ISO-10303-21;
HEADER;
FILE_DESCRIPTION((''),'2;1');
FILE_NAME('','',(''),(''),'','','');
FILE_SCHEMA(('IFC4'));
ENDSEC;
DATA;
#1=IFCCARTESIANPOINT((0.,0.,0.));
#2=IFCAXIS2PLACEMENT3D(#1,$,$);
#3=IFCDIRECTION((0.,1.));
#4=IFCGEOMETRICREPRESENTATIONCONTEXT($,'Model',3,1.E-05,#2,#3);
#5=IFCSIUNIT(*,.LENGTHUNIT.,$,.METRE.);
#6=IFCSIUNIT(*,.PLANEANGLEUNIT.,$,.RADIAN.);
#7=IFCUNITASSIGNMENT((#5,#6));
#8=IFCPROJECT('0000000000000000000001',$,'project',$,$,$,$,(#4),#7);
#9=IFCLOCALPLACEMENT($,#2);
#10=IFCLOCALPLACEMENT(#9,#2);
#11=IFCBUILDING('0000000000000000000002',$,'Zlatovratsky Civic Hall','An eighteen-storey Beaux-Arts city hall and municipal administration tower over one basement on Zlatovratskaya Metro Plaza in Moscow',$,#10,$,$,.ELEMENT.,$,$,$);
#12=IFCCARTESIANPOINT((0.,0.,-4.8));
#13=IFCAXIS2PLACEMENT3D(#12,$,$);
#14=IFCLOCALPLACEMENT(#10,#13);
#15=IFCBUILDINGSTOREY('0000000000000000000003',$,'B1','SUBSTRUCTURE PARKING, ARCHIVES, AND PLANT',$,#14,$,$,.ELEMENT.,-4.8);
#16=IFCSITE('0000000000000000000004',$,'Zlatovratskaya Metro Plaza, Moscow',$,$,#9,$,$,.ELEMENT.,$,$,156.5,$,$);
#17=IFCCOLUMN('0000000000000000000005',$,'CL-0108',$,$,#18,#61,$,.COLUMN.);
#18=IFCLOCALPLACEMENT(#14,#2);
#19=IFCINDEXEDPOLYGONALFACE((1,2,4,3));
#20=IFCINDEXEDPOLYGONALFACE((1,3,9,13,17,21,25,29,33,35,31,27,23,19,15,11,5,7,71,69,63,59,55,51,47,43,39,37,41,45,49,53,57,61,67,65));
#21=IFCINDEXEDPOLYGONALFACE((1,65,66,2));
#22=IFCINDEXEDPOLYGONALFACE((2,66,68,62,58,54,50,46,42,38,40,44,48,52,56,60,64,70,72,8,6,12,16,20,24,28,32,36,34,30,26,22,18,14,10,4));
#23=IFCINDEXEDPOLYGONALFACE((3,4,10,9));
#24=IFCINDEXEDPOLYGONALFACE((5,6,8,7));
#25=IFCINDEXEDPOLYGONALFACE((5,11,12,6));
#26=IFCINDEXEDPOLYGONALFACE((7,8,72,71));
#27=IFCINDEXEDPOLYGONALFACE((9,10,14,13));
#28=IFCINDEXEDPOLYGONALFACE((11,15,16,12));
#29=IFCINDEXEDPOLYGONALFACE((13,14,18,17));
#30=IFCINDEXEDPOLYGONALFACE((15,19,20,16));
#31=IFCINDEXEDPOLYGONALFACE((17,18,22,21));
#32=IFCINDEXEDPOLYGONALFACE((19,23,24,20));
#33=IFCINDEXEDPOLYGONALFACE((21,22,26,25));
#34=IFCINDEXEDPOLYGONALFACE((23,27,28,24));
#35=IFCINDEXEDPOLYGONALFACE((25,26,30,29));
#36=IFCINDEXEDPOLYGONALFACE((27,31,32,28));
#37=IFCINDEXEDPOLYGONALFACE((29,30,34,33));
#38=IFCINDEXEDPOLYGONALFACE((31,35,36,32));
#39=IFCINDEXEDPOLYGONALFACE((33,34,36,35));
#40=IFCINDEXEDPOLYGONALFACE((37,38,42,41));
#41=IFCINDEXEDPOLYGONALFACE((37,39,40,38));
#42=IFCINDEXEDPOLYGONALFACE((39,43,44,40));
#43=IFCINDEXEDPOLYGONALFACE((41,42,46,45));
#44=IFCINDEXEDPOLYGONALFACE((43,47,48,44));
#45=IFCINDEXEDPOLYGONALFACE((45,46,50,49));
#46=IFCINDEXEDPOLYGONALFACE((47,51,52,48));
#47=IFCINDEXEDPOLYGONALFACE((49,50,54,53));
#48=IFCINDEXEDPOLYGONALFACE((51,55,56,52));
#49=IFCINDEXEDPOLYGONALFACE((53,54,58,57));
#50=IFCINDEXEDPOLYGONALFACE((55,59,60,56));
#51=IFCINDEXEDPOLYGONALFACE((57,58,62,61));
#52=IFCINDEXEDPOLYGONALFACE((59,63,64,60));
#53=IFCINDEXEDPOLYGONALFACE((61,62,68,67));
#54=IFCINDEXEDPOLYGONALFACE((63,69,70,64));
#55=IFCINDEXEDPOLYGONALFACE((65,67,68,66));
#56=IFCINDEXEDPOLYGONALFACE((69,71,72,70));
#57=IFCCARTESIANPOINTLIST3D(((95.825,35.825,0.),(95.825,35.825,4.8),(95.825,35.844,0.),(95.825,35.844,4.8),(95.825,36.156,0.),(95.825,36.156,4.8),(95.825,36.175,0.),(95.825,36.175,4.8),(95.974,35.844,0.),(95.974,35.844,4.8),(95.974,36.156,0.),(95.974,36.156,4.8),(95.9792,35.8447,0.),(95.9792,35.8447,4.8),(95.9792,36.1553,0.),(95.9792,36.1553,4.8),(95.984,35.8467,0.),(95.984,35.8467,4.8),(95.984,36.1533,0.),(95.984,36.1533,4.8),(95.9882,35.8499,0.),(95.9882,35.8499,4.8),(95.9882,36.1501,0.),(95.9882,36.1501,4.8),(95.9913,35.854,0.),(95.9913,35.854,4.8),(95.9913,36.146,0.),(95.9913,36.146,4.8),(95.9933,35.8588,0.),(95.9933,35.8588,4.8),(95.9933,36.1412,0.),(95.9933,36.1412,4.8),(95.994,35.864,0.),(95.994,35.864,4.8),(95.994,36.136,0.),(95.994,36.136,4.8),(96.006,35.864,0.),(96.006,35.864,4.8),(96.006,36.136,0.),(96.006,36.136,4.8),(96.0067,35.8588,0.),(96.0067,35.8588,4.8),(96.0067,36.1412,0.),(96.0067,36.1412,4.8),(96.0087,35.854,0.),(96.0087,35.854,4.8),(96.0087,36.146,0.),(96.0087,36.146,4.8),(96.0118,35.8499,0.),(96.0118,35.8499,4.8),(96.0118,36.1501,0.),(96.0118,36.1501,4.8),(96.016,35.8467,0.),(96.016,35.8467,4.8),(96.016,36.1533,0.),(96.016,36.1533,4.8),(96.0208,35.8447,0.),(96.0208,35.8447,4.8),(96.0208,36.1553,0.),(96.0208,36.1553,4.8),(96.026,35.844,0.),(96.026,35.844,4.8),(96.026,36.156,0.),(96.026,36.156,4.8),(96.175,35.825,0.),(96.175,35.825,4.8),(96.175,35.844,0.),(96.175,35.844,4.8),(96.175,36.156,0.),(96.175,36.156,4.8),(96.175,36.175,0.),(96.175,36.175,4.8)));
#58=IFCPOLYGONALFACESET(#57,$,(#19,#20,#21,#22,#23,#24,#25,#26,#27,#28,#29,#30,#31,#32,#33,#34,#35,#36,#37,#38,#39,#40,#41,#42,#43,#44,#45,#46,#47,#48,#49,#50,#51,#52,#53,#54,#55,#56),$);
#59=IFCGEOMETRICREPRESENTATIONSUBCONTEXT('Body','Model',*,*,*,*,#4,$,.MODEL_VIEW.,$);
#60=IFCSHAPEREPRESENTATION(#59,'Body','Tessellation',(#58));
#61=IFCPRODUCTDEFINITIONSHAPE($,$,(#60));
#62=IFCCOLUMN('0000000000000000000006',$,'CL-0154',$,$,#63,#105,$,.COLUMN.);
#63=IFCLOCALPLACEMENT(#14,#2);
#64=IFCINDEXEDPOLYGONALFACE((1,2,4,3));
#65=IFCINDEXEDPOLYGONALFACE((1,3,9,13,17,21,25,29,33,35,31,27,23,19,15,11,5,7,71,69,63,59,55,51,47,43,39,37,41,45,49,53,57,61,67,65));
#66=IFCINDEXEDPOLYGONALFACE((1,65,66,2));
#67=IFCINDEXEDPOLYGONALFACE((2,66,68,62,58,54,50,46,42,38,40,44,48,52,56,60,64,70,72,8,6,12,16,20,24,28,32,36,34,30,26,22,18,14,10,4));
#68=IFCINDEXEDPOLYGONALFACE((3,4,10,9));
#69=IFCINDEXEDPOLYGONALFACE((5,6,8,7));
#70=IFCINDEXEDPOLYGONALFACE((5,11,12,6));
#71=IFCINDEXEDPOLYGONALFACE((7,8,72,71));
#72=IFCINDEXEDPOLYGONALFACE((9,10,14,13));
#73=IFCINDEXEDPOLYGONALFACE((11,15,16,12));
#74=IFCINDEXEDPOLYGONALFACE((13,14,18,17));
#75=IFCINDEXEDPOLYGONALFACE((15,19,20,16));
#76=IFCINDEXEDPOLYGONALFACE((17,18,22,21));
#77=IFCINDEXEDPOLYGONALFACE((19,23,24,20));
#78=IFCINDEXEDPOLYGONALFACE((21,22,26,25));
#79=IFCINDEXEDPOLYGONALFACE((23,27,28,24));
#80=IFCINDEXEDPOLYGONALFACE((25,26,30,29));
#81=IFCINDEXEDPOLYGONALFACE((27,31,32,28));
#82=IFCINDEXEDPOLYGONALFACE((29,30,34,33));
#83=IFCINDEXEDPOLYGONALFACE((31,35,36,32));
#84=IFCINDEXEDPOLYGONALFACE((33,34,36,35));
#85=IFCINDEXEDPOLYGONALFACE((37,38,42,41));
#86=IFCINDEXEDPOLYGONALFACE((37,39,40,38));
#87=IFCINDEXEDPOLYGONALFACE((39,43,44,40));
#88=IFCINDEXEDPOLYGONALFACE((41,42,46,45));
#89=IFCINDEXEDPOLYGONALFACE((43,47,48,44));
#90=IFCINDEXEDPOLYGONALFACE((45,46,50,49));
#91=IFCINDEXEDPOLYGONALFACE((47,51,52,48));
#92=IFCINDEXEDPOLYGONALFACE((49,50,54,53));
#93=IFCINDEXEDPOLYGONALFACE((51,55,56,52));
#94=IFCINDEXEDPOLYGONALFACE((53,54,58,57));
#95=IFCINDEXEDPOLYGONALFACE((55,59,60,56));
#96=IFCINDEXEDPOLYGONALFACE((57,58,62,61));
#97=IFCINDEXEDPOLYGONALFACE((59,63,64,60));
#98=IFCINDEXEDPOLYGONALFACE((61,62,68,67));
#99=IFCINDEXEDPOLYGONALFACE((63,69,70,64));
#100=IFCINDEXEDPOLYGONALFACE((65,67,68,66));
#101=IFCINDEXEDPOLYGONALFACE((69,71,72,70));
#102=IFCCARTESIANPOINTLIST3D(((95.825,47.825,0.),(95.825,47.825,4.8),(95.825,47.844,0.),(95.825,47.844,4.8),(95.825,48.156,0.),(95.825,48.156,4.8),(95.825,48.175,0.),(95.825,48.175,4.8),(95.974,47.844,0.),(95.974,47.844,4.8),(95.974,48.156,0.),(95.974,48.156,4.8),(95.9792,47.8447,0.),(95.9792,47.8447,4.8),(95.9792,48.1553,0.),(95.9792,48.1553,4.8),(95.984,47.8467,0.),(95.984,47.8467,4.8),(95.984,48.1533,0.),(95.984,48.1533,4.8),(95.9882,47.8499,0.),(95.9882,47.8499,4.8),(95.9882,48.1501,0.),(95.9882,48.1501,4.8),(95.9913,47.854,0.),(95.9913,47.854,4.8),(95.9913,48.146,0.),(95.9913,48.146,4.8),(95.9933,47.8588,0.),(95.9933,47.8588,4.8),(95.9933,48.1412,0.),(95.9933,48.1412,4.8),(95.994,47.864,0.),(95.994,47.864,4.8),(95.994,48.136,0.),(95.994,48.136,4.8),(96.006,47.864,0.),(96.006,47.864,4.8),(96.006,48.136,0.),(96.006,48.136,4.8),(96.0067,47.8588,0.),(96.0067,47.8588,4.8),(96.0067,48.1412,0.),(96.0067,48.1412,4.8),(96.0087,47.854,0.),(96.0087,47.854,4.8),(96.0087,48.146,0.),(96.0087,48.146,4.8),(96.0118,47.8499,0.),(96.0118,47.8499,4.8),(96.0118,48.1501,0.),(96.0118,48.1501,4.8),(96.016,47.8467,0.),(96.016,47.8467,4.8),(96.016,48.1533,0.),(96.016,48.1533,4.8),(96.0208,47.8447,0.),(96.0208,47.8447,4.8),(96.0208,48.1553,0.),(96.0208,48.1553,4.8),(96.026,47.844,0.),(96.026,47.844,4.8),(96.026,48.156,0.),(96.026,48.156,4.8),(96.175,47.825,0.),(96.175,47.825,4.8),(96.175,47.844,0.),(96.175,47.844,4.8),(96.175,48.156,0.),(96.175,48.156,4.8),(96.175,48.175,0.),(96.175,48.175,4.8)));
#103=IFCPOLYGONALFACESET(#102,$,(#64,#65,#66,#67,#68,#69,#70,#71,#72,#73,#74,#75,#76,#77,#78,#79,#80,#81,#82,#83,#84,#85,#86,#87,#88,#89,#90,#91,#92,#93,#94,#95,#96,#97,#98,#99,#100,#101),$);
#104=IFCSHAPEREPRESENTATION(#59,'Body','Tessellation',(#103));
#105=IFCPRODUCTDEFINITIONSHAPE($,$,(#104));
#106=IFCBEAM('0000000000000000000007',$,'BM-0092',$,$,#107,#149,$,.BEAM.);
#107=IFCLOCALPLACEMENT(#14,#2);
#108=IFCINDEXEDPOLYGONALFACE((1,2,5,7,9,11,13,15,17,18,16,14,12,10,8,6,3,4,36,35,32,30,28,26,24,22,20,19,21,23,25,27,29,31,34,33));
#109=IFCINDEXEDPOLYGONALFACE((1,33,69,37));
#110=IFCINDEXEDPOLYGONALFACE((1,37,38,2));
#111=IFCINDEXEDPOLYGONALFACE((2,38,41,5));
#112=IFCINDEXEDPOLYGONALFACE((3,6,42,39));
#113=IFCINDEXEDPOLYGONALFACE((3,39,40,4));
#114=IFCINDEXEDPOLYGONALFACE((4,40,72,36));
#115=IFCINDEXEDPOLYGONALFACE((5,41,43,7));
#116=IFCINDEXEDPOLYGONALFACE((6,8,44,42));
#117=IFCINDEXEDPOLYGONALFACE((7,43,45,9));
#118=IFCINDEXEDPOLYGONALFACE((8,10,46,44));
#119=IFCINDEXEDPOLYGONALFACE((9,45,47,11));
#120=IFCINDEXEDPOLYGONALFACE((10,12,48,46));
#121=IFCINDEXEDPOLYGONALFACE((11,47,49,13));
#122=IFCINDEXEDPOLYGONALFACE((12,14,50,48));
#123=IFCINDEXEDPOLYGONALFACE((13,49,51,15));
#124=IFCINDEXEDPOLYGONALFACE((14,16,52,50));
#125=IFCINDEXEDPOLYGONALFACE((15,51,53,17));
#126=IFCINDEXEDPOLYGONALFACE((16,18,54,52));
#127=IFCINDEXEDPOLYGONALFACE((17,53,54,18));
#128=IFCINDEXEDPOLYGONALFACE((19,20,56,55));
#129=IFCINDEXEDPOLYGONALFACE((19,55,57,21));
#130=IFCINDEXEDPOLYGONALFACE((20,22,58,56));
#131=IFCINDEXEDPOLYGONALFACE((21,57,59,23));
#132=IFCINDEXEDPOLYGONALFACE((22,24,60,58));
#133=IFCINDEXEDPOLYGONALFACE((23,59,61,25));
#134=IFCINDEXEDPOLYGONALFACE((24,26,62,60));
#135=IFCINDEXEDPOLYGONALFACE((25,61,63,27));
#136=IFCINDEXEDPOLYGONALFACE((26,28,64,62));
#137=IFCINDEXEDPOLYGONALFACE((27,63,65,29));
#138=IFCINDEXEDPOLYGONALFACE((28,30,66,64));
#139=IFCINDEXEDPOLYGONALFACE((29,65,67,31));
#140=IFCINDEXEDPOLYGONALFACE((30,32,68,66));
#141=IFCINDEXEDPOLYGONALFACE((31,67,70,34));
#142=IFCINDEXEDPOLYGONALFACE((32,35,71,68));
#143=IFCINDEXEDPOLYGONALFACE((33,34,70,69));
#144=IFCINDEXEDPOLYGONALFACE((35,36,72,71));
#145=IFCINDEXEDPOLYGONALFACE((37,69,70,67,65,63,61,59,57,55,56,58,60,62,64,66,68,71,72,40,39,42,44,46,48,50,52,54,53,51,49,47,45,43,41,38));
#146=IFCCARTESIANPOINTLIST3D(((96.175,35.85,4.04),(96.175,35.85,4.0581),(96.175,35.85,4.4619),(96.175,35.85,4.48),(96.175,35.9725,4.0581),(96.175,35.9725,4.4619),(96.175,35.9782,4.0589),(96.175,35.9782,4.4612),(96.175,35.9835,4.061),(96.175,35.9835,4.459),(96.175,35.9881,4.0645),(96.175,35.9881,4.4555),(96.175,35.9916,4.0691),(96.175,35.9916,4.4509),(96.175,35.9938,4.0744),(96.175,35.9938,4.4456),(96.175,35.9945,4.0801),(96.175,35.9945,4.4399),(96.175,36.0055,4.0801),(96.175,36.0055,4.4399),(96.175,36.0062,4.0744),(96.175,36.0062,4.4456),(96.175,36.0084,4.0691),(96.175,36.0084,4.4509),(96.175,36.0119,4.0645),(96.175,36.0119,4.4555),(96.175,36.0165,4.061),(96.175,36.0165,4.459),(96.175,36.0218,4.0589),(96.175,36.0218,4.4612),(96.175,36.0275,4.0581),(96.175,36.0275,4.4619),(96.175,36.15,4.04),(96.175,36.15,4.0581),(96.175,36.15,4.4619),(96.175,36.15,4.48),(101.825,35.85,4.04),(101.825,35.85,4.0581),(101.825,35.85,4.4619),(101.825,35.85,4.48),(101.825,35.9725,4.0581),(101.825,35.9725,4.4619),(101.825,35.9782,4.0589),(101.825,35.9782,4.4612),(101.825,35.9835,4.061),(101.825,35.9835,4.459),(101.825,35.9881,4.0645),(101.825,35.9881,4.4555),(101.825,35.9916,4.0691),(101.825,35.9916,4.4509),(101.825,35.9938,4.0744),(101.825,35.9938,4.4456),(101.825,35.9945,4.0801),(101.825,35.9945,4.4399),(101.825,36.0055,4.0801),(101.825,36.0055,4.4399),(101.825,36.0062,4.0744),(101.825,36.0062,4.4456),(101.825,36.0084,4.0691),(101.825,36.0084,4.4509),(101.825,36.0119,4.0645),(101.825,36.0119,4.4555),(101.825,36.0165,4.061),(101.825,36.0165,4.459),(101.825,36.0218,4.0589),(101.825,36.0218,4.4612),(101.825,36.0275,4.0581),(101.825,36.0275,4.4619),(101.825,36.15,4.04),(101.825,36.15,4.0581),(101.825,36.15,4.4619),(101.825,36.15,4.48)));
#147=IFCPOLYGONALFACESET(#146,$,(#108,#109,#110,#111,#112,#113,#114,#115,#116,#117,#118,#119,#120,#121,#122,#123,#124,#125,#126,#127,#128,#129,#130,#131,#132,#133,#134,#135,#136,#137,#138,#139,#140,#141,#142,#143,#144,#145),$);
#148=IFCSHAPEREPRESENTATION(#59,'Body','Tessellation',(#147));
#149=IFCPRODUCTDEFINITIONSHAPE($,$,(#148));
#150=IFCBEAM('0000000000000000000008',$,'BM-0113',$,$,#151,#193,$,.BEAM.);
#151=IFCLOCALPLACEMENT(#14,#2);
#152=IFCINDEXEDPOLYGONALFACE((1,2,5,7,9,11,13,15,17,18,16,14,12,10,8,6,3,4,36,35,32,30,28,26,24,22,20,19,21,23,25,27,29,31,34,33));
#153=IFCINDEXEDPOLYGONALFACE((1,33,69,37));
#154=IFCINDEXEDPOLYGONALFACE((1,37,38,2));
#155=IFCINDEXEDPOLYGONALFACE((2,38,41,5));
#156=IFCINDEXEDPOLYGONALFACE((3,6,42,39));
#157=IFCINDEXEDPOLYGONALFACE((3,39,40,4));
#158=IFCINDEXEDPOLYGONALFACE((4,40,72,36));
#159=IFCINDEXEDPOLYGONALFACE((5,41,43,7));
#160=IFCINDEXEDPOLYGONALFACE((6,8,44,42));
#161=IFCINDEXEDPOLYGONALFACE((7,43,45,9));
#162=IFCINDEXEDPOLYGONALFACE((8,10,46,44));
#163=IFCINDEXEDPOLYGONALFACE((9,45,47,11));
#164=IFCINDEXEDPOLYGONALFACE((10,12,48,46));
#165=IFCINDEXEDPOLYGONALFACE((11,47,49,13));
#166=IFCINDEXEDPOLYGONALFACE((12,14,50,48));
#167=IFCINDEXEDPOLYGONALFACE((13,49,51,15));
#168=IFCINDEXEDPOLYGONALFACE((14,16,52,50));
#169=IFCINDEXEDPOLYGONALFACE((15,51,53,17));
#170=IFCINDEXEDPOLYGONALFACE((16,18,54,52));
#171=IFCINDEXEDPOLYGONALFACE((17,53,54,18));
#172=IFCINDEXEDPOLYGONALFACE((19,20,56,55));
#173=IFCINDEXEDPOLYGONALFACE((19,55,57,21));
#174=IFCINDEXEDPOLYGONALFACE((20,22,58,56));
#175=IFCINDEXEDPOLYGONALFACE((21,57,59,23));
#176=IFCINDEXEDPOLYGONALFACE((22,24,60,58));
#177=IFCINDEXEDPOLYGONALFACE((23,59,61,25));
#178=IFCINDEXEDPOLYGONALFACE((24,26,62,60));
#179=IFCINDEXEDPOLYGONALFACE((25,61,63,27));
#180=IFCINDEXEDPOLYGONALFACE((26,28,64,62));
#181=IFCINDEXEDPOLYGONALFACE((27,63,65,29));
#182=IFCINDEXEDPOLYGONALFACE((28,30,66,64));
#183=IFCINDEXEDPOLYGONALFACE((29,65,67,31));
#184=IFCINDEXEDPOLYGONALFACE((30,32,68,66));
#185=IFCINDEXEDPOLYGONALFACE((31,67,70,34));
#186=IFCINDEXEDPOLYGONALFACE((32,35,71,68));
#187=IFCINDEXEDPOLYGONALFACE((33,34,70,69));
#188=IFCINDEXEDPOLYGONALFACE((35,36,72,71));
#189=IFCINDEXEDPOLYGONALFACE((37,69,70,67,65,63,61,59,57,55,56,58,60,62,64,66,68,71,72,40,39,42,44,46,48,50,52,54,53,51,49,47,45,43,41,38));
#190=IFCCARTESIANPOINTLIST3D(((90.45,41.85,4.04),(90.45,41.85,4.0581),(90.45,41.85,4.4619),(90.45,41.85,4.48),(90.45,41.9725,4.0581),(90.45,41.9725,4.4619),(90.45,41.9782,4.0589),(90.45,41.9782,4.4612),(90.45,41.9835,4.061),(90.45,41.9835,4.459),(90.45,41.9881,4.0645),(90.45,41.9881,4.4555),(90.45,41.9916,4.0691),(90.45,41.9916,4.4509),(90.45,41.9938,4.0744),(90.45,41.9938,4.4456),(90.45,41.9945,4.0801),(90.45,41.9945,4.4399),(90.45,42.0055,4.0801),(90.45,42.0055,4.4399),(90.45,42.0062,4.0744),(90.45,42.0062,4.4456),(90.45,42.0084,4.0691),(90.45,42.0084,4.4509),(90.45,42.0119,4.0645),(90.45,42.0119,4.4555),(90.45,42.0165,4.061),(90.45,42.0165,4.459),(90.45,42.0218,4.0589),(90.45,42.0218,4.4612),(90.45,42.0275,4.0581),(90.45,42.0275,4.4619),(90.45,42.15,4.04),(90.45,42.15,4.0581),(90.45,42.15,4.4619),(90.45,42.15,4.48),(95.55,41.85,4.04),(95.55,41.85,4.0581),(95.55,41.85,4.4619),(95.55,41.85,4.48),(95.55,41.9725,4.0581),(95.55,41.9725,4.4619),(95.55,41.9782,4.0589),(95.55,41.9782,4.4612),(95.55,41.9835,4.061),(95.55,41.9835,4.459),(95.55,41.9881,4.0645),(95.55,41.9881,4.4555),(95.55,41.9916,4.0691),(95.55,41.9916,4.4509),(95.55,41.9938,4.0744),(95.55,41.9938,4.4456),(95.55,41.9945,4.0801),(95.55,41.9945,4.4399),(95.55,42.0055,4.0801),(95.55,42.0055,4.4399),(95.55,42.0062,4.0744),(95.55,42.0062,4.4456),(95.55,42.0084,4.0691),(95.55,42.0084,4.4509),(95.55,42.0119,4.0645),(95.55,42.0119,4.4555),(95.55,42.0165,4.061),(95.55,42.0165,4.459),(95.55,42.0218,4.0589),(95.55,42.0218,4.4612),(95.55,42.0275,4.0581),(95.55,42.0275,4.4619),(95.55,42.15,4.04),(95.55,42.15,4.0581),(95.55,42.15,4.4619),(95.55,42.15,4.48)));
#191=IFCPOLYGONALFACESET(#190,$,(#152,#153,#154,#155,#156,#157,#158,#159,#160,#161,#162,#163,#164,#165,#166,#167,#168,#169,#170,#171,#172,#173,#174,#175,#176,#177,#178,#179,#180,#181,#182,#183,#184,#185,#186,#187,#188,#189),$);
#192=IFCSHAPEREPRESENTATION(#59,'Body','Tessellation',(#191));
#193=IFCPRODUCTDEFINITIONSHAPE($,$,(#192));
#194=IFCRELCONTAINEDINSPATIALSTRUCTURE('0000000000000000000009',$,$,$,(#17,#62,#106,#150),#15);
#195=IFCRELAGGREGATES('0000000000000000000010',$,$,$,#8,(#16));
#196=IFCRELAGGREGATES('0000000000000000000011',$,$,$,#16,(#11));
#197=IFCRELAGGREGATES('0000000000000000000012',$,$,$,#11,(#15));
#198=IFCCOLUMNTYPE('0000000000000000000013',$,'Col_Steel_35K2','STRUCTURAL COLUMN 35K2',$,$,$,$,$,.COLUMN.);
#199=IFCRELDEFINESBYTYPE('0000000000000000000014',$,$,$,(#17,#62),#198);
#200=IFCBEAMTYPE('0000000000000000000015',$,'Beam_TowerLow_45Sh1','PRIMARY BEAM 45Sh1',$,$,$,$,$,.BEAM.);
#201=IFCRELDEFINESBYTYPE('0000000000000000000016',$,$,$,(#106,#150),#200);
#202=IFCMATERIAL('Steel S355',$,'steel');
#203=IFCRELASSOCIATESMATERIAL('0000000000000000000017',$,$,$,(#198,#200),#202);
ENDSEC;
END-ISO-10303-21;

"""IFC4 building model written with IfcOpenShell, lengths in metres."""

from ifc_helpers import new_model, si_unit, direction, frame, origin, origin_2d, place, context, subcontext, project, spatial, i_section, extrude, material, material_profile, profile_set, type_object, element, save


model = new_model("IFC4")

# Units and contexts
model_context = context("Model", 3, precision=1e-05, world=origin(), true_north=direction((0.0, 1.0)))
body_context = subcontext(model_context, "Body", "Model", "MODEL_VIEW")
ifc_project = project(units=[si_unit("LENGTHUNIT", "METRE"), si_unit("PLANEANGLEUNIT", "RADIAN")], contexts=[model_context])

# Site, building, storey
site_placement = place(None, origin())
site = spatial("IfcSite", under=ifc_project, at=site_placement, Name="Zlatovratskaya Metro Plaza, Moscow", CompositionType="ELEMENT", RefElevation=156.5)
building_placement = place(site_placement, origin())
building = spatial("IfcBuilding", under=site, at=building_placement, Name="Zlatovratsky Civic Hall", Description="An eighteen-storey Beaux-Arts city hall and municipal administration tower over one basement on Zlatovratskaya Metro Plaza in Moscow", CompositionType="ELEMENT")
storey_placement = place(building_placement, frame((0.0, 0.0, -4.8)))
storey = spatial("IfcBuildingStorey", under=building, at=storey_placement, Name="B1", Description="SUBSTRUCTURE PARKING, ARCHIVES, AND PLANT", CompositionType="ELEMENT", Elevation=-4.8)

# Columns
ifc_material_1 = material(Name="Steel S355", Category="steel")
ifc_material_profile_1 = material_profile(ifc_material_1, i_section(OverallWidth=0.3501, OverallDepth=0.3501, WebThickness=0.012, FlangeThickness=0.019, FilletRadius=0.02, at=origin_2d()), Name="35K2")
ifc_profile_set_1 = profile_set([ifc_material_profile_1], Name="Steel S355")
column_type_1 = type_object("IfcColumnType", Name="Col_Steel_35K2", Description="STRUCTURAL COLUMN 35K2", PredefinedType="COLUMN", material=ifc_profile_set_1)
for number, where, z_axis, x_axis, name in (
    (1, (96.0, 36.0, 0.0), (0.0, 0.0, 1.0), (1.0, 0.0, 0.0), "CL-0108"),
    (2, (96.0, 48.0, 0.0), (0.0, 0.0, 1.0), (1.0, 0.0, 0.0), "CL-0154"),
):
    element("IfcColumn", number, at=place(storey_placement, frame(where, z_axis=z_axis, x_axis=x_axis)), inside=storey, type_object=column_type_1, Name=name, PredefinedType="COLUMN", context=body_context, shape_type="SweptSolid", body=[
        extrude(i_section(OverallWidth=0.3501, OverallDepth=0.3501, WebThickness=0.012, FlangeThickness=0.019, FilletRadius=0.02, at=origin_2d()), origin(), (0.0, 0.0, 1.0), 4.8),
    ])

# Beams
ifc_material_profile_2 = material_profile(ifc_material_1, i_section(OverallWidth=0.3, OverallDepth=0.4399, WebThickness=0.011, FlangeThickness=0.0181, FilletRadius=0.022, at=origin_2d()), Name="45Sh1")
ifc_profile_set_2 = profile_set([ifc_material_profile_2], Name="Steel S355")
beam_type = type_object("IfcBeamType", Name="Beam_TowerLow_45Sh1", Description="PRIMARY BEAM 45Sh1", PredefinedType="BEAM", material=ifc_profile_set_2)
beam_placement = place(storey_placement, frame((96.175, 36.0, 4.26), z_axis=(1.0, 0.0, 0.0), x_axis=(0.0, 1.0, 0.0)))
element("IfcBeam", 3, at=beam_placement, inside=storey, type_object=beam_type, Name="BM-0092", PredefinedType="BEAM", context=body_context, shape_type="SweptSolid", body=[
    extrude(i_section(OverallWidth=0.3, OverallDepth=0.4399, WebThickness=0.011, FlangeThickness=0.0181, FilletRadius=0.022, at=origin_2d()), origin(), (0.0, 0.0, 1.0), 5.6499),
])
for number, where, z_axis, x_axis, name in (
    (4, (90.45, 42.0, 4.26), (1.0, 0.0, 0.0), (0.0, 1.0, 0.0), "BM-0113"),
):
    element("IfcBeam", number, at=place(storey_placement, frame(where, z_axis=z_axis, x_axis=x_axis)), inside=storey, type_object=beam_type, Name=name, PredefinedType="BEAM", context=body_context, shape_type="SweptSolid", body=[
        extrude(i_section(OverallWidth=0.3, OverallDepth=0.4399, WebThickness=0.011, FlangeThickness=0.0181, FilletRadius=0.022, at=origin_2d()), origin(), (0.0, 0.0, 1.0), 5.1001),
    ])

save(model, "model.ifc")
